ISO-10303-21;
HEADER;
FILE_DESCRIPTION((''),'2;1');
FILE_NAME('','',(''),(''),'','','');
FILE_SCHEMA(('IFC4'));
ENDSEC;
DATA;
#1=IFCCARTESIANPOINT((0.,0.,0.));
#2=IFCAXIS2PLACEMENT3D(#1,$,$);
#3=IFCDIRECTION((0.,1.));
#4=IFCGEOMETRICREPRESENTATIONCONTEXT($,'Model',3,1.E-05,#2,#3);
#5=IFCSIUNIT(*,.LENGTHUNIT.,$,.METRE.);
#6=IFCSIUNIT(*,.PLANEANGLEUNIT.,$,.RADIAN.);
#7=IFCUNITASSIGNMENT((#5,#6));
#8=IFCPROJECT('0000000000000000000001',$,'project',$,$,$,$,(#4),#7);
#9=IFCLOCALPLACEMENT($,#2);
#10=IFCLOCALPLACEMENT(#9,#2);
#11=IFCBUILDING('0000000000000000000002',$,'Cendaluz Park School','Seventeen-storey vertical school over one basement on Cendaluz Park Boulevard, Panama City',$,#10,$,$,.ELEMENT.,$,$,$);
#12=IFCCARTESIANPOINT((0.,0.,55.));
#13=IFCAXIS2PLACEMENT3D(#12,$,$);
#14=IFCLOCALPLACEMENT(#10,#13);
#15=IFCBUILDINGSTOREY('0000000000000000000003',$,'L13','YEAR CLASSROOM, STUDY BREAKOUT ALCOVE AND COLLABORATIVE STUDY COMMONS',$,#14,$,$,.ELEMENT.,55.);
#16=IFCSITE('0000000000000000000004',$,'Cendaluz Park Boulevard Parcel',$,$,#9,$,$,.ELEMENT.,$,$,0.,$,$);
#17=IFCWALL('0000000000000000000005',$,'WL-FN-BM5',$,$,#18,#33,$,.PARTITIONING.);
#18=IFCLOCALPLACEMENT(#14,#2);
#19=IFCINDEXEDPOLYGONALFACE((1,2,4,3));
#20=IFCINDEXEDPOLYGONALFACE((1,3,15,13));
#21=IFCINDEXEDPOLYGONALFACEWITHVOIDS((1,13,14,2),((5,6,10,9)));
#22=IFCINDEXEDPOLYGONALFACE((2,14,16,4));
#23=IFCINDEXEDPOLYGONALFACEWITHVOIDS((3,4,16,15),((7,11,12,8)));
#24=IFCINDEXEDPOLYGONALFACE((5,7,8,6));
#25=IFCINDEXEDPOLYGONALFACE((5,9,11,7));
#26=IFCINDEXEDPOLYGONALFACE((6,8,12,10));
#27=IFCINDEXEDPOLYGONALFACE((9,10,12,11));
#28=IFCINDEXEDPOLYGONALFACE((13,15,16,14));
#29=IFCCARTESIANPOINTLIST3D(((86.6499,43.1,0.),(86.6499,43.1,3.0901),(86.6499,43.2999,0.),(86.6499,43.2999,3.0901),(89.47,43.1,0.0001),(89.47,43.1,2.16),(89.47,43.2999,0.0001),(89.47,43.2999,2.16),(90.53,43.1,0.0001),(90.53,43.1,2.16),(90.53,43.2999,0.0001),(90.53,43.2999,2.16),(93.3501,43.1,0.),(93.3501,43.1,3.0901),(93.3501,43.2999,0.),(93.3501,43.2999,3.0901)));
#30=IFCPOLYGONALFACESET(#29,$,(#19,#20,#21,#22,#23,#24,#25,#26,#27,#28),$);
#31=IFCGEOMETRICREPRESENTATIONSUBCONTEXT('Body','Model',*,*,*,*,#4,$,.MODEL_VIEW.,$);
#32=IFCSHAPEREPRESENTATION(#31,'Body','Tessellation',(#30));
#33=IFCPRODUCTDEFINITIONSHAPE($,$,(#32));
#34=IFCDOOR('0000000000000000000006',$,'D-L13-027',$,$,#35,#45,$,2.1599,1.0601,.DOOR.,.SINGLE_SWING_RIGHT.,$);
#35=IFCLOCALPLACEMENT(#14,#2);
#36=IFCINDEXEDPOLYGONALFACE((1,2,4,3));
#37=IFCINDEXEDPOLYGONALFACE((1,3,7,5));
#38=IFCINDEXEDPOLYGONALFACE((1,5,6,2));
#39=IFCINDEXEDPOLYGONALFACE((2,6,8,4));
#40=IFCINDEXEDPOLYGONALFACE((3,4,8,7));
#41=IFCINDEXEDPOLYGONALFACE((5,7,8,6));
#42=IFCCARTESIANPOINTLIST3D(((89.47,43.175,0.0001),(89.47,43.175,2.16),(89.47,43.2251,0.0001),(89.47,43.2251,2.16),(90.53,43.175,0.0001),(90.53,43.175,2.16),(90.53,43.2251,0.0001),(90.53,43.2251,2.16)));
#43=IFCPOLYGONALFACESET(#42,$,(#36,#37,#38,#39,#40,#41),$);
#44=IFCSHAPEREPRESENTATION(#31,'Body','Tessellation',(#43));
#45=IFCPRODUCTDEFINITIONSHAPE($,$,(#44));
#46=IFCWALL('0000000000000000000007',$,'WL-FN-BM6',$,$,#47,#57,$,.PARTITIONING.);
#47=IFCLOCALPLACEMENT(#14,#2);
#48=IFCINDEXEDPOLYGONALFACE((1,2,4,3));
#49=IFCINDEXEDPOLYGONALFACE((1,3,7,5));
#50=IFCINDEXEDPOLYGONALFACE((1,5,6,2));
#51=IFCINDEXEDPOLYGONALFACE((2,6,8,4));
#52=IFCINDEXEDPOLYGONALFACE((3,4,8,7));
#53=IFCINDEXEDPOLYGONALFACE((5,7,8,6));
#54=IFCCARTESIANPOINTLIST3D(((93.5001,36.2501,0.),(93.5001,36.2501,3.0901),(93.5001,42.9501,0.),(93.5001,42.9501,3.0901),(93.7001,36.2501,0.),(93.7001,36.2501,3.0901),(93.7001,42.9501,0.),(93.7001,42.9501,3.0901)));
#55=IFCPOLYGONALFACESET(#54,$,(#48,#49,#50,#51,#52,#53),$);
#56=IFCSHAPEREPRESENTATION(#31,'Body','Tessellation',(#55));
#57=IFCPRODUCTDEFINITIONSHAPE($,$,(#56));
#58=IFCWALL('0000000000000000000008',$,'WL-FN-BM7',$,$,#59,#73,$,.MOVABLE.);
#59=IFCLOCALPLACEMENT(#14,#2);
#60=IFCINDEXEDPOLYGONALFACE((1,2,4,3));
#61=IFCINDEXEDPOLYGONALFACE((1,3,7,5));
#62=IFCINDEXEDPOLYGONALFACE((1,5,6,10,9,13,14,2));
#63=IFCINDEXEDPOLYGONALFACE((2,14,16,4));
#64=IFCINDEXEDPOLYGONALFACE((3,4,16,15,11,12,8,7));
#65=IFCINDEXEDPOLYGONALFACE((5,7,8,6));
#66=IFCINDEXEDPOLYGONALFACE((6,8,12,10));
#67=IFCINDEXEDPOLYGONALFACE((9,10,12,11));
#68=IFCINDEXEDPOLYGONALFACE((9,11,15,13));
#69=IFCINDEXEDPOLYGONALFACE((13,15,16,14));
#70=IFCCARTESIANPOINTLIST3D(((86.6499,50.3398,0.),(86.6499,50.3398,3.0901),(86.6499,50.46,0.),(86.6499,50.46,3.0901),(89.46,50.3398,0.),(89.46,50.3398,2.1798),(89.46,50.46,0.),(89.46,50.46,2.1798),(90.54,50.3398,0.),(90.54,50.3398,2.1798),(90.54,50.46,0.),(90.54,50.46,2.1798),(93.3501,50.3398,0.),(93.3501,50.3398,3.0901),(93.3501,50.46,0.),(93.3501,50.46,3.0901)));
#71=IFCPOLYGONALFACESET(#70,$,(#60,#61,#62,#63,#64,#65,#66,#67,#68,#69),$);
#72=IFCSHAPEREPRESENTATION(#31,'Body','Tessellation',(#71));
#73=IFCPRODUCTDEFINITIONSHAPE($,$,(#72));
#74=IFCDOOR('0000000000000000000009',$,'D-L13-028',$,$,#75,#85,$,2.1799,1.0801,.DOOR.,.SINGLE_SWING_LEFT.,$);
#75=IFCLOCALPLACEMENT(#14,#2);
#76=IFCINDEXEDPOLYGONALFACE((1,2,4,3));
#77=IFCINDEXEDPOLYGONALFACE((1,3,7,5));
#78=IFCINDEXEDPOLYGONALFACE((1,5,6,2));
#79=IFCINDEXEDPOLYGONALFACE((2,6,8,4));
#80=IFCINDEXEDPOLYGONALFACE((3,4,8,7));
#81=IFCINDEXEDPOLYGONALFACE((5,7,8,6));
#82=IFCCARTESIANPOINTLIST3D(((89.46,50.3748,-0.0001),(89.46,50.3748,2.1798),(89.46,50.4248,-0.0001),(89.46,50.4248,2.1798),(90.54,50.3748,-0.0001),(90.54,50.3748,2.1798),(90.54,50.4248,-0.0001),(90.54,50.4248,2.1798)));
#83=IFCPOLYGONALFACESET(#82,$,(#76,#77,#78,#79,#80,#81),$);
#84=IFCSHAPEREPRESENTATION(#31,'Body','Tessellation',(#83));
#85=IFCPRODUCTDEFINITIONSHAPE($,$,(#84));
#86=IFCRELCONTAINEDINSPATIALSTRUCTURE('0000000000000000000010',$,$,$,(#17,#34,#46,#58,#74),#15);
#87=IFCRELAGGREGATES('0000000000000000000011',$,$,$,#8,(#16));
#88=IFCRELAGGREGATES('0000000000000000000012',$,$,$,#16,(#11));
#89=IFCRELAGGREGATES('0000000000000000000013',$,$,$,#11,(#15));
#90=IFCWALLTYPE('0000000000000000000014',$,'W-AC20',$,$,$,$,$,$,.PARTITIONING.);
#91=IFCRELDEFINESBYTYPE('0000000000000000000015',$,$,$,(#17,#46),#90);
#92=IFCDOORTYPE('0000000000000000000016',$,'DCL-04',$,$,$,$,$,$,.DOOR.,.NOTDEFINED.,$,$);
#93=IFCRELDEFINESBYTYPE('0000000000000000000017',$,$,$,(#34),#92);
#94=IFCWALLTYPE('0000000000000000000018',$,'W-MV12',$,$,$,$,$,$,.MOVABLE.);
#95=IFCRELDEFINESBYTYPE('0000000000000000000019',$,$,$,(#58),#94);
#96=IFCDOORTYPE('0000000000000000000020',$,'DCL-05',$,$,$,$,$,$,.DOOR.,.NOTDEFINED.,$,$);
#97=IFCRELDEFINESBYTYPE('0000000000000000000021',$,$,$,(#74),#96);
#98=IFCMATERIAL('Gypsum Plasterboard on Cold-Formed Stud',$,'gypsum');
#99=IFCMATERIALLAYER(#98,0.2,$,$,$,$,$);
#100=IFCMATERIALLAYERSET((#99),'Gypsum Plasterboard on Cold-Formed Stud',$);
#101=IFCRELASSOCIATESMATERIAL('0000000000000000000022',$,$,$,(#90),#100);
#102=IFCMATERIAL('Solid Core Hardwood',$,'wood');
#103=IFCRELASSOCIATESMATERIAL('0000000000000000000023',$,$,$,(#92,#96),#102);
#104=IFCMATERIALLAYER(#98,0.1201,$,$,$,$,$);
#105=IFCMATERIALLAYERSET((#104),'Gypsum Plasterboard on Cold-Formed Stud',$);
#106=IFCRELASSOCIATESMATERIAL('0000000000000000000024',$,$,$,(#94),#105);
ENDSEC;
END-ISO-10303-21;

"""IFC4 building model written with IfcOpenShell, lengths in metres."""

from ifc_helpers import new_model, si_unit, direction, frame, frame_2d, origin, place, context, subcontext, project, spatial, rectangle, extrude, material, layer, layer_set, type_object, element, fill, save


model = new_model("IFC4")

# Units and contexts
model_context = context("Model", 3, precision=1e-05, world=origin(), true_north=direction((0.0, 1.0)))
body_context = subcontext(model_context, "Body", "Model", "MODEL_VIEW")
ifc_project = project(units=[si_unit("LENGTHUNIT", "METRE"), si_unit("PLANEANGLEUNIT", "RADIAN")], contexts=[model_context])

# Site, building, storey
site_placement = place(None, origin())
site = spatial("IfcSite", under=ifc_project, at=site_placement, Name="Cendaluz Park Boulevard Parcel", CompositionType="ELEMENT", RefElevation=0.0)
building_placement = place(site_placement, origin())
building = spatial("IfcBuilding", under=site, at=building_placement, Name="Cendaluz Park School", Description="Seventeen-storey vertical school over one basement on Cendaluz Park Boulevard, Panama City", CompositionType="ELEMENT")
storey_placement = place(building_placement, frame((0.0, 0.0, 55.0)))
storey = spatial("IfcBuildingStorey", under=building, at=storey_placement, Name="L13", Description="YEAR CLASSROOM, STUDY BREAKOUT ALCOVE AND COLLABORATIVE STUDY COMMONS", CompositionType="ELEMENT", Elevation=55.0)

# Shared definitions
ifc_material_1 = material(Name="Gypsum Plasterboard on Cold-Formed Stud", Category="gypsum")
ifc_layer_1 = layer(ifc_material_1, 0.2)
ifc_layer_set_1 = layer_set([ifc_layer_1], Name="Gypsum Plasterboard on Cold-Formed Stud")
wall_type_1 = type_object("IfcWallType", Name="W-AC20", PredefinedType="PARTITIONING", material=ifc_layer_set_1)

# Wall, opening, door
wall_1_placement = place(storey_placement, frame((86.6499, 43.2, 0.0), z_axis=(0.0, 0.0, 1.0), x_axis=(1.0, 0.0, 0.0)))
wall_1 = element("IfcWall", 1, at=wall_1_placement, inside=storey, type_object=wall_type_1, Name="WL-FN-BM5", PredefinedType="PARTITIONING", context=body_context, shape_type="SweptSolid", body=[
    extrude(rectangle(XDim=6.7002, YDim=0.2, at=frame_2d((3.3501, 0.0))), origin(), (0.0, 0.0, 1.0), 3.0901),
])
opening_1_placement = place(wall_1_placement, frame((2.8201, 0.0, 0.0)))
opening_1 = element("IfcOpeningElement", 2, at=opening_1_placement, cuts=wall_1, PredefinedType="OPENING", context=body_context, shape_type="SweptSolid", body=[
    extrude(rectangle(XDim=1.0601, YDim=2.1599, at=frame_2d((0.53, 1.0801))), frame((0.0, 0.1121, 0.0), z_axis=(0.0, -1.0, 0.0), x_axis=(1.0, 0.0, 0.0)), (0.0, 0.0, 1.0), 0.2239),
])
ifc_material_2 = material(Name="Solid Core Hardwood", Category="wood")
door_type_1 = type_object("IfcDoorType", Name="DCL-04", OperationType="NOTDEFINED", PredefinedType="DOOR", material=ifc_material_2)
door_1_placement = place(opening_1_placement, frame((1.0601, 0.0, 0.0), z_axis=(0.0, 0.0, 1.0), x_axis=(-1.0, 0.0, 0.0)))
door_1 = element("IfcDoor", 3, at=door_1_placement, inside=storey, type_object=door_type_1, Name="D-L13-027", OperationType="SINGLE_SWING_RIGHT", OverallHeight=2.1599, OverallWidth=1.0601, PredefinedType="DOOR", context=body_context, shape_type="SweptSolid", body=[
    extrude(rectangle(XDim=1.0601, YDim=2.1599, at=frame_2d((0.53, 1.0801))), frame((0.0, 0.0249, 0.0), z_axis=(0.0, -1.0, 0.0), x_axis=(1.0, 0.0, 0.0)), (0.0, 0.0, 1.0), 0.05),
])
fill(opening_1, door_1)

# Wall
wall_2_placement = place(storey_placement, frame((93.6001, 36.25, 0.0), z_axis=(0.0, 0.0, 1.0), x_axis=(0.0, 1.0, 0.0)))
element("IfcWall", 4, at=wall_2_placement, inside=storey, type_object=wall_type_1, Name="WL-FN-BM6", PredefinedType="PARTITIONING", context=body_context, shape_type="SweptSolid", body=[
    extrude(rectangle(XDim=6.7, YDim=0.2, at=frame_2d((3.3501, 0.0))), origin(), (0.0, 0.0, 1.0), 3.0901),
])

# Wall, opening, door
ifc_layer_2 = layer(ifc_material_1, 0.1201)
ifc_layer_set_2 = layer_set([ifc_layer_2], Name="Gypsum Plasterboard on Cold-Formed Stud")
wall_type_2 = type_object("IfcWallType", Name="W-MV12", PredefinedType="MOVABLE", material=ifc_layer_set_2)
wall_3_placement = place(storey_placement, frame((86.6499, 50.3999, 0.0), z_axis=(0.0, 0.0, 1.0), x_axis=(1.0, 0.0, 0.0)))
wall_3 = element("IfcWall", 5, at=wall_3_placement, inside=storey, type_object=wall_type_2, Name="WL-FN-BM7", PredefinedType="MOVABLE", context=body_context, shape_type="SweptSolid", body=[
    extrude(rectangle(XDim=6.7002, YDim=0.1201, at=frame_2d((3.3501, 0.0))), origin(), (0.0, 0.0, 1.0), 3.0901),
])
opening_2_placement = place(wall_3_placement, frame((2.8101, 0.0, 0.0)))
opening_2 = element("IfcOpeningElement", 6, at=opening_2_placement, cuts=wall_3, PredefinedType="OPENING", context=body_context, shape_type="SweptSolid", body=[
    extrude(rectangle(XDim=1.0801, YDim=2.1799, at=frame_2d((0.54, 1.0898))), frame((0.0, 0.072, 0.0), z_axis=(0.0, -1.0, 0.0), x_axis=(1.0, 0.0, 0.0)), (0.0, 0.0, 1.0), 0.144),
])
door_type_2 = type_object("IfcDoorType", Name="DCL-05", OperationType="NOTDEFINED", PredefinedType="DOOR", material=ifc_material_2)
door_2_placement = place(opening_2_placement, origin())
door_2 = element("IfcDoor", 7, at=door_2_placement, inside=storey, type_object=door_type_2, Name="D-L13-028", OperationType="SINGLE_SWING_LEFT", OverallHeight=2.1799, OverallWidth=1.0801, PredefinedType="DOOR", context=body_context, shape_type="SweptSolid", body=[
    extrude(rectangle(XDim=1.0801, YDim=2.1799, at=frame_2d((0.54, 1.0898))), frame((0.0, 0.0249, 0.0), z_axis=(0.0, -1.0, 0.0), x_axis=(1.0, 0.0, 0.0)), (0.0, 0.0, 1.0), 0.05),
])
fill(opening_2, door_2)

save(model, "model.ifc")
